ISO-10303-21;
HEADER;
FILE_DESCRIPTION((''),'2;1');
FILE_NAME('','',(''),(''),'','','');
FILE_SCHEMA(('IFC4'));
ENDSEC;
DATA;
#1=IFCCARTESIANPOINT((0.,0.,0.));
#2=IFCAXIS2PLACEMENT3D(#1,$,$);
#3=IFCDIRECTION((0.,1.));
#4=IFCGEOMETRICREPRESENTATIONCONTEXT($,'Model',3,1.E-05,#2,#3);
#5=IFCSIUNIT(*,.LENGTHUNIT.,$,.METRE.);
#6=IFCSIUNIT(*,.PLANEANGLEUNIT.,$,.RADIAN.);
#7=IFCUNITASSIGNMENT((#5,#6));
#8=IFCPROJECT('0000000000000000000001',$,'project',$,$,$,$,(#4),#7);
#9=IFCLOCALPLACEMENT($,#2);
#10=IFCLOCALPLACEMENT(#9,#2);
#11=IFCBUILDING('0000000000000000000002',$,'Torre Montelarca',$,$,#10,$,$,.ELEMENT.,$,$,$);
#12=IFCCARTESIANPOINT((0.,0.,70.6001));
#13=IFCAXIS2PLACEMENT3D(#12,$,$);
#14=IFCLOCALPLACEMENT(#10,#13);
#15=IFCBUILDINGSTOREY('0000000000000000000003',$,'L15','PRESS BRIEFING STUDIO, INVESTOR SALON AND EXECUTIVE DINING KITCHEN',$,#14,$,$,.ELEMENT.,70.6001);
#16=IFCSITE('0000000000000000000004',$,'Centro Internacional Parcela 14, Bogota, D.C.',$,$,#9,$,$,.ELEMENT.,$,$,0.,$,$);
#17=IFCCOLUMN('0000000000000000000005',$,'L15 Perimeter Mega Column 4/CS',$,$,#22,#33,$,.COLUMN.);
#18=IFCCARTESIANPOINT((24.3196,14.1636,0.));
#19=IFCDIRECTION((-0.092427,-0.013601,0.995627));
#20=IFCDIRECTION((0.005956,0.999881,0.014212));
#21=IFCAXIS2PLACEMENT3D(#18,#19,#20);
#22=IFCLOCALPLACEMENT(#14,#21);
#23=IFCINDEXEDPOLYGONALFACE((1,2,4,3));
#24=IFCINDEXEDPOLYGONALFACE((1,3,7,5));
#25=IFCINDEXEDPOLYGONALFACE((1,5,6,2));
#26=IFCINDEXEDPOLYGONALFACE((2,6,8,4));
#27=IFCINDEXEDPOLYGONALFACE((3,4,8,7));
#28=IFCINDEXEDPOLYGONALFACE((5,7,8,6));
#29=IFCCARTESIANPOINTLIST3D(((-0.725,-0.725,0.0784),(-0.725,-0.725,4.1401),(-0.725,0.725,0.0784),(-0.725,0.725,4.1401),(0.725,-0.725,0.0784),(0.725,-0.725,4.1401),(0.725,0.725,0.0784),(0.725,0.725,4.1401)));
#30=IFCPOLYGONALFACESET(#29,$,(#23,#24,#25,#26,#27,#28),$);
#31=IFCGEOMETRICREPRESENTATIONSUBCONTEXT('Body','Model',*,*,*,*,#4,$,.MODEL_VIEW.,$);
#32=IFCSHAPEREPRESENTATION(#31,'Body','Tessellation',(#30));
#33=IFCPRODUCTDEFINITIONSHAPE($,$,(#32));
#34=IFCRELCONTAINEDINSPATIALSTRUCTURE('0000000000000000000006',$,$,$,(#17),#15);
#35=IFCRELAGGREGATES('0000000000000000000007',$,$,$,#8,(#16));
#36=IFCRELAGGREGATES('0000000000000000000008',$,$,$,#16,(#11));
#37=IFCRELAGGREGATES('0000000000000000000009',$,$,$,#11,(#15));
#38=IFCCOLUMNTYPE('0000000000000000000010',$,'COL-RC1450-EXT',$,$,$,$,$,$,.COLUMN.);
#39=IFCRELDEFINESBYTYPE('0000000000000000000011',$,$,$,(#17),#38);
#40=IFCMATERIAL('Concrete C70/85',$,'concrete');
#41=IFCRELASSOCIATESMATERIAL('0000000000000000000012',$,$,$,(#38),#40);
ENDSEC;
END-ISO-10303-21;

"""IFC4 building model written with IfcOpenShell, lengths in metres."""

from ifc_helpers import new_model, si_unit, direction, frame, origin, origin_2d, place, context, subcontext, project, spatial, rectangle, extrude, clip, halfspace, material, material_profile, profile_set, type_object, element, save


model = new_model("IFC4")

# Units and contexts
model_context = context("Model", 3, precision=1e-05, world=origin(), true_north=direction((0.0, 1.0)))
body_context = subcontext(model_context, "Body", "Model", "MODEL_VIEW")
ifc_project = project(units=[si_unit("LENGTHUNIT", "METRE"), si_unit("PLANEANGLEUNIT", "RADIAN")], contexts=[model_context])

# Site, building, storey
site_placement = place(None, origin())
site = spatial("IfcSite", under=ifc_project, at=site_placement, Name="Centro Internacional Parcela 14, Bogota, D.C.", CompositionType="ELEMENT", RefElevation=0.0)
building_placement = place(site_placement, origin())
building = spatial("IfcBuilding", under=site, at=building_placement, Name="Torre Montelarca", CompositionType="ELEMENT")
storey_placement = place(building_placement, frame((0.0, 0.0, 70.6001)))
storey = spatial("IfcBuildingStorey", under=building, at=storey_placement, Name="L15", Description="PRESS BRIEFING STUDIO, INVESTOR SALON AND EXECUTIVE DINING KITCHEN", CompositionType="ELEMENT", Elevation=70.6001)

# Column
ifc_material_1 = material(Name="Concrete C70/85", Category="concrete")
ifc_material_profile_1 = material_profile(ifc_material_1, rectangle(XDim=1.45, YDim=1.45, at=origin_2d()), Name="RC1450X1450", Category="concrete")
ifc_profile_set_1 = profile_set([ifc_material_profile_1], Name="Concrete C70/85")
column_type_1 = type_object("IfcColumnType", Name="COL-RC1450-EXT", PredefinedType="COLUMN", material=ifc_profile_set_1)
column_1_placement = place(storey_placement, frame((24.3196, 14.1636, 0.0), z_axis=(-0.092427, -0.013601, 0.995627), x_axis=(0.005956, 0.999881, 0.014212)))
element("IfcColumn", 1, at=column_1_placement, inside=storey, type_object=column_type_1, Name="L15 Perimeter Mega Column 4/CS", PredefinedType="COLUMN", context=body_context, shape_type="Clipping", body=[
    clip(clip(extrude(rectangle(XDim=1.45, YDim=1.45, at=origin_2d()), origin(), (0.0, 0.0, 1.0), 4.2185), halfspace(frame((0.0, 0.0, 0.0784), z_axis=(0.0, 0.0, -1.0), x_axis=(1.0, 0.0, 0.0)), False)), halfspace(frame((0.0, 0.0, 4.1401), z_axis=(0.0, 0.0, 1.0), x_axis=(1.0, 0.0, 0.0)), False)),
])

save(model, "model.ifc")
